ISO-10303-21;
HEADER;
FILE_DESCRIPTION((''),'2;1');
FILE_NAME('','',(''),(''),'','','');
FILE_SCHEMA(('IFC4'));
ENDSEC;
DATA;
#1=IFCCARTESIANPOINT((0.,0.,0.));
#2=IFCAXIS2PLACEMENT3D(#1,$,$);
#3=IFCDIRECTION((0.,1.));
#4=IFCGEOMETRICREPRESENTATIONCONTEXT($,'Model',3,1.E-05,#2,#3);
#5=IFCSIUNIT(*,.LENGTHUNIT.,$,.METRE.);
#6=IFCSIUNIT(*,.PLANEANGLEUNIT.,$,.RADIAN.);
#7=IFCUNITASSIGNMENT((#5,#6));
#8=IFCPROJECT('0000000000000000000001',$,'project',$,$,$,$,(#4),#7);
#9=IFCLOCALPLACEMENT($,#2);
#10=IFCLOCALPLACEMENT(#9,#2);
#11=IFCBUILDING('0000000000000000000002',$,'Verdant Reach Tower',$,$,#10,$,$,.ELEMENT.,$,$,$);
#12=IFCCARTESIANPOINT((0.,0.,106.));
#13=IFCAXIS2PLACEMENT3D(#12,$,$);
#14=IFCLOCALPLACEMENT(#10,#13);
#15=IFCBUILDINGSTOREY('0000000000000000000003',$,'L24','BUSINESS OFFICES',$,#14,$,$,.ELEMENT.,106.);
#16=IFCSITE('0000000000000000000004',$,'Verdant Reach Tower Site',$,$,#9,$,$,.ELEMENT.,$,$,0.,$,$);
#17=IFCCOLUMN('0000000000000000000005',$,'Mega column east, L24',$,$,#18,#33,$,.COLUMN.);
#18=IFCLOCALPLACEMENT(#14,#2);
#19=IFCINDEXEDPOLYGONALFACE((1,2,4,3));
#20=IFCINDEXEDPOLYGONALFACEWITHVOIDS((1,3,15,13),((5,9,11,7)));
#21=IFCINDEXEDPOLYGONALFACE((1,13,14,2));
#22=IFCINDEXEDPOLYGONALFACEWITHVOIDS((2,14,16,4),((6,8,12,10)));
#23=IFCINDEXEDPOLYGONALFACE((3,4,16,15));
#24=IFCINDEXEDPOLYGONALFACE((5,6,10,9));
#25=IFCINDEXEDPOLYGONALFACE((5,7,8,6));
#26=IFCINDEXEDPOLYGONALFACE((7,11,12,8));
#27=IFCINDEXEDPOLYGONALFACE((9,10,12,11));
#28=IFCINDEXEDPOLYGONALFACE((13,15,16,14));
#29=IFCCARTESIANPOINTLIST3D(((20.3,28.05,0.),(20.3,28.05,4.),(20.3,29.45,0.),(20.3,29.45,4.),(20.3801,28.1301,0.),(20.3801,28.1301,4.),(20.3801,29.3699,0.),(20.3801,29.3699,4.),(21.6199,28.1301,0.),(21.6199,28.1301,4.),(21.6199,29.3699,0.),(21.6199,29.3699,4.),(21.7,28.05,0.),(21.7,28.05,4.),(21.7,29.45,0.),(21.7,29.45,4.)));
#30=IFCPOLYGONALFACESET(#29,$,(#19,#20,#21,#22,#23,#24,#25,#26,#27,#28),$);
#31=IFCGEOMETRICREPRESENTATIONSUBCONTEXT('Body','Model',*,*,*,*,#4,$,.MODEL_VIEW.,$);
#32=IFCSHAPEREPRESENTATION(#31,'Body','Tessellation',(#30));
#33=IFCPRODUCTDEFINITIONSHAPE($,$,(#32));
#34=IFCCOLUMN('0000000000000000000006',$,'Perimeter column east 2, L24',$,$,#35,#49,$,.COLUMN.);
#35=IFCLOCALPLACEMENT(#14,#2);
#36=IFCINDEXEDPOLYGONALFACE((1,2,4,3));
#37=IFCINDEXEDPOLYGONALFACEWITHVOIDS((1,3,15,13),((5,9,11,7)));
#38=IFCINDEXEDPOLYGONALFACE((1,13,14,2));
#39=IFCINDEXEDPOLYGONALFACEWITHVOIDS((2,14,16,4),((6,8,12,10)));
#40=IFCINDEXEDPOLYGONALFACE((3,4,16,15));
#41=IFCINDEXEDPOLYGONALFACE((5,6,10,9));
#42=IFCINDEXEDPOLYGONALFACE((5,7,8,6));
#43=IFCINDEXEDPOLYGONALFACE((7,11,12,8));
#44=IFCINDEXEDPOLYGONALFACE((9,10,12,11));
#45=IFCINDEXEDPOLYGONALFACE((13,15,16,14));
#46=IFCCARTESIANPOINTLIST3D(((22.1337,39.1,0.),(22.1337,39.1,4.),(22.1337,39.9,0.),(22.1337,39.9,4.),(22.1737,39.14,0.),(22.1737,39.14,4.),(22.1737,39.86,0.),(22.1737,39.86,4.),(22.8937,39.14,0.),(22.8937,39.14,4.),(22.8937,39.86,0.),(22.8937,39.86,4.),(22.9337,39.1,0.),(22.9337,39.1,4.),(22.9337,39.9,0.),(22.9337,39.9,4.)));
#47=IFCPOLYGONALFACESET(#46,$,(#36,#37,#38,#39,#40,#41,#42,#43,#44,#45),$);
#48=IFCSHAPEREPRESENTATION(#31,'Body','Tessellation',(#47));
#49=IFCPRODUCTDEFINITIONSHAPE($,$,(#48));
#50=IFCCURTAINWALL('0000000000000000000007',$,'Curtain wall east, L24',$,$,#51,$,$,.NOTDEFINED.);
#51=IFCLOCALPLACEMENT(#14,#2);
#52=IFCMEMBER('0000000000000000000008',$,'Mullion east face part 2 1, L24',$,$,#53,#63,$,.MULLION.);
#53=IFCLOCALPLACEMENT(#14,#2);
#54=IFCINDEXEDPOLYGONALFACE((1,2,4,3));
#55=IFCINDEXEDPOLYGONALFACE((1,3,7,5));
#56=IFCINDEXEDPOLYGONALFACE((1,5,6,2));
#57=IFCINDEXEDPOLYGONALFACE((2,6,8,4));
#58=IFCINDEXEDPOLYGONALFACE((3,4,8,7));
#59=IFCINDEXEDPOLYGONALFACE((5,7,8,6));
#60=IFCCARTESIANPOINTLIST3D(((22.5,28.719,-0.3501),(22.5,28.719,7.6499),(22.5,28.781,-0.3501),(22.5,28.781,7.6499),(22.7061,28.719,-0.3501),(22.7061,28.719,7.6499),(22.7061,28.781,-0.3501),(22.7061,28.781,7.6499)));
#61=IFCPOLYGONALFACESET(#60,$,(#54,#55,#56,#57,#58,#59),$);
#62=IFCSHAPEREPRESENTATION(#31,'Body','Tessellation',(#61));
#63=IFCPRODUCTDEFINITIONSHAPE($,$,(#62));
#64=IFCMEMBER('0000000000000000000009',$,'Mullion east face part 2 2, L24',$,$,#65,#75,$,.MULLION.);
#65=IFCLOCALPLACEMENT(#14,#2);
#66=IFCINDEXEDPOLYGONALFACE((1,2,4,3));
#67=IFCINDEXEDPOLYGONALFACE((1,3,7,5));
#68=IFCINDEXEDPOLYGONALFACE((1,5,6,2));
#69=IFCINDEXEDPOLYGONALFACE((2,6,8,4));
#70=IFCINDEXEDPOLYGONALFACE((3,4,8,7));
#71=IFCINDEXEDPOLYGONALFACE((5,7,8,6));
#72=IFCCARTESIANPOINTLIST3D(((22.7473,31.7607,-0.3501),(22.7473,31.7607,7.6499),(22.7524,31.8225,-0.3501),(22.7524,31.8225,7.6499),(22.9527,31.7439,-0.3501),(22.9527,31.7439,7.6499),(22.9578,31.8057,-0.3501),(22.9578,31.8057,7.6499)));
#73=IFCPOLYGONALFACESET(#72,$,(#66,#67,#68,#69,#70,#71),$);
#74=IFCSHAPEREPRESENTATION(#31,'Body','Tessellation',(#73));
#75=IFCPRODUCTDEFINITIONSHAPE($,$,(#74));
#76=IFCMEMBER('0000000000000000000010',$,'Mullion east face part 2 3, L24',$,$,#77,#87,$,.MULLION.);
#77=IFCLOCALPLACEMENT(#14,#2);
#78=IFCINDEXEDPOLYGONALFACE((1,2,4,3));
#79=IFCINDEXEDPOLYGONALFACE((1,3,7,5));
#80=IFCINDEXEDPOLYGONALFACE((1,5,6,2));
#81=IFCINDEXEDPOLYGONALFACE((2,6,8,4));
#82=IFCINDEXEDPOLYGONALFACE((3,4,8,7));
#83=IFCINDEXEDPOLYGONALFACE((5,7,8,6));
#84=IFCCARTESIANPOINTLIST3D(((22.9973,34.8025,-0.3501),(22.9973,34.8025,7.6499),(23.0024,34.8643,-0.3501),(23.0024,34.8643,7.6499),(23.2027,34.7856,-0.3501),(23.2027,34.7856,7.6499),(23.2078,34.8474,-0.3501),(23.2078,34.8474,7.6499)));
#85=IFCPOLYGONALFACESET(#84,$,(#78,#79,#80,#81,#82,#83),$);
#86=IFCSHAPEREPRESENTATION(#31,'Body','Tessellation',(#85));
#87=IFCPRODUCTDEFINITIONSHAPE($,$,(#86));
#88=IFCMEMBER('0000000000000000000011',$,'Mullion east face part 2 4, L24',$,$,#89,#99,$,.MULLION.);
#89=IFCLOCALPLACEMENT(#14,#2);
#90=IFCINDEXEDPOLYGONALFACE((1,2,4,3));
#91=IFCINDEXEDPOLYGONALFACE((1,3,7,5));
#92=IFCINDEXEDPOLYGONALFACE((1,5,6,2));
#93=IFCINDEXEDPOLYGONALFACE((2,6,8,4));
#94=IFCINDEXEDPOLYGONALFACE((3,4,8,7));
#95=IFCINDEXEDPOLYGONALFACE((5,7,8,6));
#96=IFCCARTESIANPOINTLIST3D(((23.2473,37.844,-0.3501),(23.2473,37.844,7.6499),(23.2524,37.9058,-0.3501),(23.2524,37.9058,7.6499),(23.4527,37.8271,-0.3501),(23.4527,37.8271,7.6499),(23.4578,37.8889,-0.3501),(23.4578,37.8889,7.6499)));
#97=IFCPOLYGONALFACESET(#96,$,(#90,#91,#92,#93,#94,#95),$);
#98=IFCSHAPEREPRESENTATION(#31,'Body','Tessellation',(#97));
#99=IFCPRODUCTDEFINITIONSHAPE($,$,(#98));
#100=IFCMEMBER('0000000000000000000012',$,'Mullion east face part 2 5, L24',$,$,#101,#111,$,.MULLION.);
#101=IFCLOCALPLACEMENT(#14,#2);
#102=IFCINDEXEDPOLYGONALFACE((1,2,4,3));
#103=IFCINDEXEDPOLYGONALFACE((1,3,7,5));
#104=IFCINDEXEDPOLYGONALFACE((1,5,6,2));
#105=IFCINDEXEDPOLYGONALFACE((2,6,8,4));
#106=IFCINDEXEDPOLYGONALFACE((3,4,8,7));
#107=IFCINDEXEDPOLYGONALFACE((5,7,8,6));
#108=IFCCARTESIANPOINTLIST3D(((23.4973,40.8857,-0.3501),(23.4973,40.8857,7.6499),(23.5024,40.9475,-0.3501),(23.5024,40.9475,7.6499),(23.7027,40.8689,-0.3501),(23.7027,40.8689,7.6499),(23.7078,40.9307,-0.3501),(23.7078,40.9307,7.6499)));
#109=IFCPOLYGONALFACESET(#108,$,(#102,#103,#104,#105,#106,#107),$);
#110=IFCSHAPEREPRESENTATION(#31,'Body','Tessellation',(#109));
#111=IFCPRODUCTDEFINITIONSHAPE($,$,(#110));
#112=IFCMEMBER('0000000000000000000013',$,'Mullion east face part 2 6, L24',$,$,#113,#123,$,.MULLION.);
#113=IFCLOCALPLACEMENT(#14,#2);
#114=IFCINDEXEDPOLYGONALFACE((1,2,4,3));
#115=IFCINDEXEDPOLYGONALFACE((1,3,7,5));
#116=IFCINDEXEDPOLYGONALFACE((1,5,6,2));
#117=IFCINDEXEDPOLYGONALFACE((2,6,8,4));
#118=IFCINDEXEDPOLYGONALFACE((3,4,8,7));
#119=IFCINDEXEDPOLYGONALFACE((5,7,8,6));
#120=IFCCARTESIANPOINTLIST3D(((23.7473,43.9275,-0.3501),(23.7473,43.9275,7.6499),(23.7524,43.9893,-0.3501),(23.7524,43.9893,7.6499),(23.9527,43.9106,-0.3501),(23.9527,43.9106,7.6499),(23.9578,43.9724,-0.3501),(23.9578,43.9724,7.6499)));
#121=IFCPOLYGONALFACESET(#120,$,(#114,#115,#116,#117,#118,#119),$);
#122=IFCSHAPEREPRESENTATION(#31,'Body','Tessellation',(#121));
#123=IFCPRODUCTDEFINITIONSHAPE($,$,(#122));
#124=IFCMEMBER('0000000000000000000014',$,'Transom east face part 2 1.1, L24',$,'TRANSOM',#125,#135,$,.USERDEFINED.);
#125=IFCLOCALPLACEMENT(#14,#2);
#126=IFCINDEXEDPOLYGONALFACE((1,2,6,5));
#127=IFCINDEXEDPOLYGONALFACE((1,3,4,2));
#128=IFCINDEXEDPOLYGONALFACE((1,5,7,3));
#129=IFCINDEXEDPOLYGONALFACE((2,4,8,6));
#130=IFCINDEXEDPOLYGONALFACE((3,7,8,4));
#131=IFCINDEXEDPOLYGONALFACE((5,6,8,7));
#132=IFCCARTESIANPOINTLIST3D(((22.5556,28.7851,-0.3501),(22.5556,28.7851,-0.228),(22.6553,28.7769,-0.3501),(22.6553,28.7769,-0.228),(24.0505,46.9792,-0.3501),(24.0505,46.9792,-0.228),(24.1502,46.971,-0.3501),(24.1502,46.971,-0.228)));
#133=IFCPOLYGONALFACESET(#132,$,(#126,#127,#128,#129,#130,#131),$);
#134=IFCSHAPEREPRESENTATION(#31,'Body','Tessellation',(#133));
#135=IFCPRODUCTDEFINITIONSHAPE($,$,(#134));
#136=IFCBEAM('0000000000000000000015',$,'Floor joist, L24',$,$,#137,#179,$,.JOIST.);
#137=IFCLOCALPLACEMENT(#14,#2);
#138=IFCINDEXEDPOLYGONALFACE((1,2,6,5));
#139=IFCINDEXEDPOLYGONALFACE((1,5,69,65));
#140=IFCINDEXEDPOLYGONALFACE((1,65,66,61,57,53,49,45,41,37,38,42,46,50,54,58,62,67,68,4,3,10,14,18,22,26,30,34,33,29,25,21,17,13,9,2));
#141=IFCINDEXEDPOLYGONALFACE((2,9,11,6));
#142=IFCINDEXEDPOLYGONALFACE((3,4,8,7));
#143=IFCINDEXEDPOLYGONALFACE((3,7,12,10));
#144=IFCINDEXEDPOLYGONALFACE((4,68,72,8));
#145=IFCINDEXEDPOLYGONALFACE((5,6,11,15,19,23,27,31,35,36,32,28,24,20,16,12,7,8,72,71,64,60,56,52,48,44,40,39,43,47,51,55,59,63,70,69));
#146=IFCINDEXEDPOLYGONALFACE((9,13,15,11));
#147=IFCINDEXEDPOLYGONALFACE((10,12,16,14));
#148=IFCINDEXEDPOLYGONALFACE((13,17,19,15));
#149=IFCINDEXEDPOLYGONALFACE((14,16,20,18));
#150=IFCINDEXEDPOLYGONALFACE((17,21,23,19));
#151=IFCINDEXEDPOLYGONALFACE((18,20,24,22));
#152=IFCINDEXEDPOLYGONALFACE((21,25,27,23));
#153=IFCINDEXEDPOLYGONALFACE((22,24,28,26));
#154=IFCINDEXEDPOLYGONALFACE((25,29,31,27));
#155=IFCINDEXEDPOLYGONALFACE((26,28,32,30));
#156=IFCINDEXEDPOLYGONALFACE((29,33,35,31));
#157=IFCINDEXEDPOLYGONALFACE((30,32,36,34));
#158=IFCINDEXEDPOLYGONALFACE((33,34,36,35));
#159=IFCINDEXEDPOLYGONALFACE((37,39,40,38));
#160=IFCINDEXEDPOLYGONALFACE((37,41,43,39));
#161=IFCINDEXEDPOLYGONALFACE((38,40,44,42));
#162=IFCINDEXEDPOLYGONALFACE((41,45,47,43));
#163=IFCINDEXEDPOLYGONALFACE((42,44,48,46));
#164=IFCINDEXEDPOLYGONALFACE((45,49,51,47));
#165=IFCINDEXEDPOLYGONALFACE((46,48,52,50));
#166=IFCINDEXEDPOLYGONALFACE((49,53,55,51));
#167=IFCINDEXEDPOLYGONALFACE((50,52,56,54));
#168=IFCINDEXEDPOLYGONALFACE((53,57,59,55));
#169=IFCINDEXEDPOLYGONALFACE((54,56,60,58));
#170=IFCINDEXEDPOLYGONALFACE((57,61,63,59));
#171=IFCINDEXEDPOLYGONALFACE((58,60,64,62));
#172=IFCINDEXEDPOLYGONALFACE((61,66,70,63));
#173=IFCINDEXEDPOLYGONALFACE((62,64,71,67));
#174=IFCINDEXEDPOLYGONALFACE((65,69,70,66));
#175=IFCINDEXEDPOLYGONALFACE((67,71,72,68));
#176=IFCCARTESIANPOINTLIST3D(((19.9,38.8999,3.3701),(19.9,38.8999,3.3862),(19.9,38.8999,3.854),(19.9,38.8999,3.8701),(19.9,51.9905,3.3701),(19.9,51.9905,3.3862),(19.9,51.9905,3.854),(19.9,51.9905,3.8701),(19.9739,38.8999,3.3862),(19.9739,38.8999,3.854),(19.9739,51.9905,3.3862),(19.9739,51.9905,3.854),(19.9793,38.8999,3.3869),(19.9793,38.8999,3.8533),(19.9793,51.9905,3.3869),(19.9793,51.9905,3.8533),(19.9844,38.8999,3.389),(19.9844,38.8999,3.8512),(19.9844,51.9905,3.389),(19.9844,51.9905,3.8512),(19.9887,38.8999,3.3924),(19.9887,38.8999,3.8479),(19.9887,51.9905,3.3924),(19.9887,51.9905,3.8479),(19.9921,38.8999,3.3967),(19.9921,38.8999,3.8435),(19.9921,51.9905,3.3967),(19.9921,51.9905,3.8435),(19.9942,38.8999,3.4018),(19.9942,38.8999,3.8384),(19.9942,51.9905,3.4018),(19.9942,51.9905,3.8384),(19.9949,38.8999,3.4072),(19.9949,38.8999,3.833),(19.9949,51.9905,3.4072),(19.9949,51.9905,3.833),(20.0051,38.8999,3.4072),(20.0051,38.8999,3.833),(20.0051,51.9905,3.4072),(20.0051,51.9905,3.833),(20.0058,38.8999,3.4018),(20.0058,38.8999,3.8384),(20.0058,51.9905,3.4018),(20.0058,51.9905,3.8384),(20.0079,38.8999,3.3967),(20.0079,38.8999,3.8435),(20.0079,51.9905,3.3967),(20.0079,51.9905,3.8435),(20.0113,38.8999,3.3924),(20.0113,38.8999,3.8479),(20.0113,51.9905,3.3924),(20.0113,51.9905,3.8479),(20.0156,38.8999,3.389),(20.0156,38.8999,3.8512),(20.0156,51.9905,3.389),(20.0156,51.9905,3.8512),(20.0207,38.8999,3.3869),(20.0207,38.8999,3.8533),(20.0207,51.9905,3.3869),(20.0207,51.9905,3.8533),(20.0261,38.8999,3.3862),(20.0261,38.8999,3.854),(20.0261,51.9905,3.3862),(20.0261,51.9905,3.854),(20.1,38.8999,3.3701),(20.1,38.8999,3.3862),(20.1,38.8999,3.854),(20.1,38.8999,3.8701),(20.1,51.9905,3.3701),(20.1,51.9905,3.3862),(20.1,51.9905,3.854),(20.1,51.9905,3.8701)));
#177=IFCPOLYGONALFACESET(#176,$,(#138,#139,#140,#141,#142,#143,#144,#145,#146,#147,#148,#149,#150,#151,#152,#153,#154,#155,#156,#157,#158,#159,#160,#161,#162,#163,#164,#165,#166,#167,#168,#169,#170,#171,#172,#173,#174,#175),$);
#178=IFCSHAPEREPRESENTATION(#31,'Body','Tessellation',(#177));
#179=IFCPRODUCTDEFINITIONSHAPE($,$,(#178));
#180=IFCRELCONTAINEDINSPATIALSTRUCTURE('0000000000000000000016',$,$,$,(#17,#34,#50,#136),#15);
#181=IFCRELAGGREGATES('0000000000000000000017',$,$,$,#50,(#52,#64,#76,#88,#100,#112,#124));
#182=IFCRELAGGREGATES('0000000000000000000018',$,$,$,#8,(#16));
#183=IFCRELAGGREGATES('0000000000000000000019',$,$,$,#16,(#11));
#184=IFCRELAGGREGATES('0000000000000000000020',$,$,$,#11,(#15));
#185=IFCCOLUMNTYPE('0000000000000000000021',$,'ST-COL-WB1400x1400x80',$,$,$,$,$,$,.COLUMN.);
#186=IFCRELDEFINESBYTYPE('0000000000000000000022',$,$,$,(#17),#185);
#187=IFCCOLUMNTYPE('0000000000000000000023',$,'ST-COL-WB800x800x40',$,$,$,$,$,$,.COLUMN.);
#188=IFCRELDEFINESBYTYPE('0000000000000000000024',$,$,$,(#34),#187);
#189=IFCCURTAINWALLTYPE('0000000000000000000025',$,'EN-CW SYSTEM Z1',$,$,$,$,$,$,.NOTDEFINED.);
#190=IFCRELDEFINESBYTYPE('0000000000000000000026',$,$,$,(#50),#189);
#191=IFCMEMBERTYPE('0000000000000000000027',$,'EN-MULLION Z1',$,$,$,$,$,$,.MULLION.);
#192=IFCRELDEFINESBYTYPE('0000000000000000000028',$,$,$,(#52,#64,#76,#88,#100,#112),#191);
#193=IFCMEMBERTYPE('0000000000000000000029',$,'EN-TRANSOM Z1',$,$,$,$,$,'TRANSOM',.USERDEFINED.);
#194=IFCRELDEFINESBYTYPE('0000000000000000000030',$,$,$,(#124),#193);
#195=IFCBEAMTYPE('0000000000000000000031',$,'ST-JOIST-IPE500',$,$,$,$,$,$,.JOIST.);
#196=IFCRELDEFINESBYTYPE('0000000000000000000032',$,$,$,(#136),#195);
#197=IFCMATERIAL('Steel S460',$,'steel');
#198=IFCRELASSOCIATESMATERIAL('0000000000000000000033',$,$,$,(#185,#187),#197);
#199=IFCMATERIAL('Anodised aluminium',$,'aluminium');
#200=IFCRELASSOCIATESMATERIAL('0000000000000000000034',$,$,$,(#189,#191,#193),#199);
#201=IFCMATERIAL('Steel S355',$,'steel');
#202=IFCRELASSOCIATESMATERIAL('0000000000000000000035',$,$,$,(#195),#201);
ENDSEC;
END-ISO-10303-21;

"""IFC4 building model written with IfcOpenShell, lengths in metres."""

from ifc_helpers import new_model, si_unit, direction, frame, origin, origin_2d, place, context, subcontext, project, spatial, rectangle, hollow_rectangle, i_section, extrude, material, material_profile, profile_set, type_object, element, aggregate, save


model = new_model("IFC4")

# Units and contexts
model_context = context("Model", 3, precision=1e-05, world=origin(), true_north=direction((0.0, 1.0)))
body_context = subcontext(model_context, "Body", "Model", "MODEL_VIEW")
ifc_project = project(units=[si_unit("LENGTHUNIT", "METRE"), si_unit("PLANEANGLEUNIT", "RADIAN")], contexts=[model_context])

# Site, building, storey
site_placement = place(None, origin())
site = spatial("IfcSite", under=ifc_project, at=site_placement, Name="Verdant Reach Tower Site", CompositionType="ELEMENT", RefElevation=0.0)
building_placement = place(site_placement, origin())
building = spatial("IfcBuilding", under=site, at=building_placement, Name="Verdant Reach Tower", CompositionType="ELEMENT")
storey_placement = place(building_placement, frame((0.0, 0.0, 106.0)))
storey = spatial("IfcBuildingStorey", under=building, at=storey_placement, Name="L24", Description="BUSINESS OFFICES", CompositionType="ELEMENT", Elevation=106.0)

# Columns
ifc_material_1 = material(Name="Steel S460", Category="steel")
ifc_material_profile_1 = material_profile(ifc_material_1, hollow_rectangle(XDim=1.3999, YDim=1.3999, WallThickness=0.0801, at=origin_2d()), Name="WB 1400x1400x80")
ifc_profile_set_1 = profile_set([ifc_material_profile_1], Name="Steel S460")
column_type_1 = type_object("IfcColumnType", Name="ST-COL-WB1400x1400x80", PredefinedType="COLUMN", material=ifc_profile_set_1)
column_1_placement = place(storey_placement, frame((21.0, 28.75, 0.0), z_axis=(0.0, 0.0, 1.0), x_axis=(1.0, 0.0, 0.0)))
element("IfcColumn", 1, at=column_1_placement, inside=storey, type_object=column_type_1, Name="Mega column east, L24", PredefinedType="COLUMN", context=body_context, shape_type="SweptSolid", body=[
    extrude(hollow_rectangle(XDim=1.3999, YDim=1.3999, WallThickness=0.0801, at=origin_2d()), origin(), (0.0, 0.0, 1.0), 4.0),
])
ifc_material_profile_2 = material_profile(ifc_material_1, hollow_rectangle(XDim=0.8, YDim=0.8, WallThickness=0.04, at=origin_2d()), Name="WB 800x800x40")
ifc_profile_set_2 = profile_set([ifc_material_profile_2], Name="Steel S460")
column_type_2 = type_object("IfcColumnType", Name="ST-COL-WB800x800x40", PredefinedType="COLUMN", material=ifc_profile_set_2)
column_2_placement = place(storey_placement, frame((22.5337, 39.5, 0.0), z_axis=(0.0, 0.0, 1.0), x_axis=(1.0, 0.0, 0.0)))
element("IfcColumn", 2, at=column_2_placement, inside=storey, type_object=column_type_2, Name="Perimeter column east 2, L24", PredefinedType="COLUMN", context=body_context, shape_type="SweptSolid", body=[
    extrude(hollow_rectangle(XDim=0.8, YDim=0.8, WallThickness=0.04, at=origin_2d()), origin(), (0.0, 0.0, 1.0), 4.0),
])

# Curtain wall, members
ifc_material_2 = material(Name="Anodised aluminium", Category="aluminium")
curtain_wall_type = type_object("IfcCurtainWallType", Name="EN-CW SYSTEM Z1", PredefinedType="NOTDEFINED", material=ifc_material_2)
curtain_wall_placement = place(storey_placement, origin())
curtain_wall = element("IfcCurtainWall", 3, at=curtain_wall_placement, inside=storey, type_object=curtain_wall_type, Name="Curtain wall east, L24", PredefinedType="NOTDEFINED")
ifc_material_profile_3 = material_profile(ifc_material_2, rectangle(XDim=0.2061, YDim=0.062, at=origin_2d()), Name="Mullion 62x206")
ifc_profile_set_3 = profile_set([ifc_material_profile_3], Name="Anodised aluminium")
member_type_1 = type_object("IfcMemberType", Name="EN-MULLION Z1", PredefinedType="MULLION", material=ifc_profile_set_3)
member_1_placement = place(storey_placement, frame((22.603, 28.75, -0.3501), z_axis=(0.0, 0.0, 1.0), x_axis=(1.0, 0.0, 0.0)))
member_1 = element("IfcMember", 4, at=member_1_placement, type_object=member_type_1, Name="Mullion east face part 2 1, L24", PredefinedType="MULLION", context=body_context, shape_type="SweptSolid", body=[
    extrude(rectangle(XDim=0.2061, YDim=0.062, at=origin_2d()), origin(), (0.0, 0.0, 1.0), 8.0),
])
member_2_placement = place(storey_placement, frame((22.8525, 31.7832, -0.3501), z_axis=(0.0, 0.0, 1.0), x_axis=(0.996639, -0.081916, 0.0)))
member_2 = element("IfcMember", 5, at=member_2_placement, type_object=member_type_1, Name="Mullion east face part 2 2, L24", PredefinedType="MULLION", context=body_context, shape_type="SweptSolid", body=[
    extrude(rectangle(XDim=0.2061, YDim=0.062, at=origin_2d()), origin(), (0.0, 0.0, 1.0), 8.0),
])
member_3_placement = place(storey_placement, frame((23.1025, 34.825, -0.3501), z_axis=(0.0, 0.0, 1.0), x_axis=(0.996639, -0.081916, 0.0)))
member_3 = element("IfcMember", 6, at=member_3_placement, type_object=member_type_1, Name="Mullion east face part 2 3, L24", PredefinedType="MULLION", context=body_context, shape_type="SweptSolid", body=[
    extrude(rectangle(XDim=0.2061, YDim=0.062, at=origin_2d()), origin(), (0.0, 0.0, 1.0), 8.0),
])
member_4_placement = place(storey_placement, frame((23.3525, 37.8665, -0.3501), z_axis=(0.0, 0.0, 1.0), x_axis=(0.996639, -0.081916, 0.0)))
member_4 = element("IfcMember", 7, at=member_4_placement, type_object=member_type_1, Name="Mullion east face part 2 4, L24", PredefinedType="MULLION", context=body_context, shape_type="SweptSolid", body=[
    extrude(rectangle(XDim=0.2061, YDim=0.062, at=origin_2d()), origin(), (0.0, 0.0, 1.0), 8.0),
])
member_5_placement = place(storey_placement, frame((23.6025, 40.9082, -0.3501), z_axis=(0.0, 0.0, 1.0), x_axis=(0.996639, -0.081916, 0.0)))
member_5 = element("IfcMember", 8, at=member_5_placement, type_object=member_type_1, Name="Mullion east face part 2 5, L24", PredefinedType="MULLION", context=body_context, shape_type="SweptSolid", body=[
    extrude(rectangle(XDim=0.2061, YDim=0.062, at=origin_2d()), origin(), (0.0, 0.0, 1.0), 8.0),
])
member_6_placement = place(storey_placement, frame((23.8525, 43.95, -0.3501), z_axis=(0.0, 0.0, 1.0), x_axis=(0.996639, -0.081916, 0.0)))
member_6 = element("IfcMember", 9, at=member_6_placement, type_object=member_type_1, Name="Mullion east face part 2 6, L24", PredefinedType="MULLION", context=body_context, shape_type="SweptSolid", body=[
    extrude(rectangle(XDim=0.2061, YDim=0.062, at=origin_2d()), origin(), (0.0, 0.0, 1.0), 8.0),
])
ifc_material_profile_4 = material_profile(ifc_material_2, rectangle(XDim=0.1001, YDim=0.1221, at=origin_2d()), Name="Transom 122x100")
ifc_profile_set_4 = profile_set([ifc_material_profile_4], Name="Anodised aluminium")
member_type_2 = type_object("IfcMemberType", Name="EN-TRANSOM Z1", ElementType="TRANSOM", PredefinedType="USERDEFINED", material=ifc_profile_set_4)
member_7_placement = place(storey_placement, frame((22.6055, 28.781, -0.2891), z_axis=(0.081887, 0.996642, 0.0), x_axis=(-0.996642, 0.081887, 0.0)))
member_7 = element("IfcMember", 10, at=member_7_placement, type_object=member_type_2, Name="Transom east face part 2 1.1, L24", ObjectType="TRANSOM", PredefinedType="USERDEFINED", context=body_context, shape_type="SweptSolid", body=[
    extrude(rectangle(XDim=0.1001, YDim=0.1221, at=origin_2d()), origin(), (0.0, 0.0, 1.0), 18.2554),
])

# Beam
ifc_material_3 = material(Name="Steel S355", Category="steel")
ifc_material_profile_5 = material_profile(ifc_material_3, i_section(OverallWidth=0.2, OverallDepth=0.5, WebThickness=0.0103, FlangeThickness=0.0161, FilletRadius=0.021, at=origin_2d()), Name="IPE 500")
ifc_profile_set_5 = profile_set([ifc_material_profile_5], Name="Steel S355")
beam_type_1 = type_object("IfcBeamType", Name="ST-JOIST-IPE500", PredefinedType="JOIST", material=ifc_profile_set_5)
beam_1_placement = place(storey_placement, frame((20.0, 38.8999, 3.6201), z_axis=(0.0, 1.0, 0.0), x_axis=(-1.0, 0.0, 0.0)))
element("IfcBeam", 11, at=beam_1_placement, inside=storey, type_object=beam_type_1, Name="Floor joist, L24", PredefinedType="JOIST", context=body_context, shape_type="SweptSolid", body=[
    extrude(i_section(OverallWidth=0.2, OverallDepth=0.5, WebThickness=0.0103, FlangeThickness=0.0161, FilletRadius=0.021, at=origin_2d()), origin(), (0.0, 0.0, 1.0), 13.0906),
])

aggregate(curtain_wall, [member_1, member_2, member_3, member_4, member_5, member_6, member_7])

save(model, "model.ifc")
